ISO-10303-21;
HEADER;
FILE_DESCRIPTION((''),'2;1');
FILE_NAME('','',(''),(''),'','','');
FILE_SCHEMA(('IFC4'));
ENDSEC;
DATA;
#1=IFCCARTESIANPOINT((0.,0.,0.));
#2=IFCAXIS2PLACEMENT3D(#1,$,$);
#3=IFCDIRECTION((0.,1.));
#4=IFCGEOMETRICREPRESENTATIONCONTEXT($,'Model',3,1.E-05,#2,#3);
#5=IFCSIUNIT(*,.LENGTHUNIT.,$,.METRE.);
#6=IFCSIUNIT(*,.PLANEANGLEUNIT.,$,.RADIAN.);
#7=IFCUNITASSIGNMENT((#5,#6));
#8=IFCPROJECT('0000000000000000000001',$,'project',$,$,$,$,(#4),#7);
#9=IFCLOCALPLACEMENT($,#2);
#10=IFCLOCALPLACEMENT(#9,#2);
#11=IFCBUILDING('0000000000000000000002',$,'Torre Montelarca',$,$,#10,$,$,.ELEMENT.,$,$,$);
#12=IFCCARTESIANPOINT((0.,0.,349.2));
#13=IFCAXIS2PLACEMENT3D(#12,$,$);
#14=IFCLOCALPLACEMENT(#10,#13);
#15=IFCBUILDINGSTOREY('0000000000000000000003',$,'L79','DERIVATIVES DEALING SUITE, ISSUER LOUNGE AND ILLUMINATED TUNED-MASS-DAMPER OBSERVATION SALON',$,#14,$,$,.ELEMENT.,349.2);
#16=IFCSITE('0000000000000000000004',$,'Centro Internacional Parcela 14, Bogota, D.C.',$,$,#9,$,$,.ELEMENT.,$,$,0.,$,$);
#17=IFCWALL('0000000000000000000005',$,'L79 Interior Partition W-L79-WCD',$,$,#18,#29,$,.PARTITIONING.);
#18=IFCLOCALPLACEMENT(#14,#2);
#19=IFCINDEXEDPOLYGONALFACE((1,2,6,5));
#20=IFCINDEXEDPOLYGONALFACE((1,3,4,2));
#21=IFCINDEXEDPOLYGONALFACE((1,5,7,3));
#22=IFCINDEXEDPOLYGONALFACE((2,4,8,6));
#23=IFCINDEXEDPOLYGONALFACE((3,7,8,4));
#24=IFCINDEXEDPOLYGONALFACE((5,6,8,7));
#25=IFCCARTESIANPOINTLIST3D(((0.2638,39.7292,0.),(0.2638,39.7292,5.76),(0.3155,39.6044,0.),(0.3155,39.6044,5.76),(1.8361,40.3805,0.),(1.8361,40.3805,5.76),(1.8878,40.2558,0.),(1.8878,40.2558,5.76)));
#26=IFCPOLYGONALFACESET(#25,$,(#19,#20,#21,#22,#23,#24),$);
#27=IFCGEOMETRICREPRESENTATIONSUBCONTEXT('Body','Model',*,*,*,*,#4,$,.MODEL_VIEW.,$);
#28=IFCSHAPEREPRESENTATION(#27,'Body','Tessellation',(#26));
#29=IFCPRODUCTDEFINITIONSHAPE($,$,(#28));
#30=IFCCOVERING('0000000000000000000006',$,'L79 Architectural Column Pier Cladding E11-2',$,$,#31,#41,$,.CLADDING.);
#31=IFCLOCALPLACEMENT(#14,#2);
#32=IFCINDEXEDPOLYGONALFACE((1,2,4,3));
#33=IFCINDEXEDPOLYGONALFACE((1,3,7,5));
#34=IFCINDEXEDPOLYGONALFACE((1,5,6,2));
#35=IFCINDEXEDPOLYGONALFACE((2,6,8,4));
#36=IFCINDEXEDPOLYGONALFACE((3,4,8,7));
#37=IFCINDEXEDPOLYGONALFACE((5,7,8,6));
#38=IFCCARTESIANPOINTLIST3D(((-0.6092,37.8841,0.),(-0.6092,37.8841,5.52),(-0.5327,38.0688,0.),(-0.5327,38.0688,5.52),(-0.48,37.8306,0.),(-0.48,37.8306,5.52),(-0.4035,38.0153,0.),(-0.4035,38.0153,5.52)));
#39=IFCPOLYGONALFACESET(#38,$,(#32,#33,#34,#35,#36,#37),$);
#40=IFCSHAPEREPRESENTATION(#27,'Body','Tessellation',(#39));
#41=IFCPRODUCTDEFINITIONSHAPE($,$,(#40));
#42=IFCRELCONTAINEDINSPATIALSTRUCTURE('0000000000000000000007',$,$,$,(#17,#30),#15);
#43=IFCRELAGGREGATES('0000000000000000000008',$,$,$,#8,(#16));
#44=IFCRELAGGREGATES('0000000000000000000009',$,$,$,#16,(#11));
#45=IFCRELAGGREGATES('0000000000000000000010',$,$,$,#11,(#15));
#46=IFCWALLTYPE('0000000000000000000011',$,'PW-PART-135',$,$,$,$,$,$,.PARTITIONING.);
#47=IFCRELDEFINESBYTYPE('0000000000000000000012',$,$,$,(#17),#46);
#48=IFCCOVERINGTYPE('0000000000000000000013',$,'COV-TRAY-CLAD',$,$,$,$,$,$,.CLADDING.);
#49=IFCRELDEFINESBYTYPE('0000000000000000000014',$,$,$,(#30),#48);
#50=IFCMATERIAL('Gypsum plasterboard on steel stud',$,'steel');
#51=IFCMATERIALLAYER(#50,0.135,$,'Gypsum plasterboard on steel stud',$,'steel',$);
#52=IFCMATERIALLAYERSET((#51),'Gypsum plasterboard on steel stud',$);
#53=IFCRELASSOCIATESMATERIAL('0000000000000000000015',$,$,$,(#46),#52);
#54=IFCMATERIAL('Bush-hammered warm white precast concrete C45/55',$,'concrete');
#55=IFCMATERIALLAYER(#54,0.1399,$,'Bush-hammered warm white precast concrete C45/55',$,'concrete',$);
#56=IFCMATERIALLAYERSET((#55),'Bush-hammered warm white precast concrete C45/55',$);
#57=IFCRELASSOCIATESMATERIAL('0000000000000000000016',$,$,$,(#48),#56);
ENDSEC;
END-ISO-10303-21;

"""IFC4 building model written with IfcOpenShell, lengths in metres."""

from ifc_helpers import new_model, si_unit, direction, frame, frame_2d, origin, origin_2d, place, context, subcontext, project, spatial, rectangle, extrude, source, transform, mapped, material, layer, layer_set, type_object, element, save


model = new_model("IFC4")

# Units and contexts
model_context = context("Model", 3, precision=1e-05, world=origin(), true_north=direction((0.0, 1.0)))
body_context = subcontext(model_context, "Body", "Model", "MODEL_VIEW")
ifc_project = project(units=[si_unit("LENGTHUNIT", "METRE"), si_unit("PLANEANGLEUNIT", "RADIAN")], contexts=[model_context])

# Site, building, storey
site_placement = place(None, origin())
site = spatial("IfcSite", under=ifc_project, at=site_placement, Name="Centro Internacional Parcela 14, Bogota, D.C.", CompositionType="ELEMENT", RefElevation=0.0)
building_placement = place(site_placement, origin())
building = spatial("IfcBuilding", under=site, at=building_placement, Name="Torre Montelarca", CompositionType="ELEMENT")
storey_placement = place(building_placement, frame((0.0, 0.0, 349.2)))
storey = spatial("IfcBuildingStorey", under=building, at=storey_placement, Name="L79", Description="DERIVATIVES DEALING SUITE, ISSUER LOUNGE AND ILLUMINATED TUNED-MASS-DAMPER OBSERVATION SALON", CompositionType="ELEMENT", Elevation=349.2)

# Shared definitions
ifc_material_1 = material(Name="Gypsum plasterboard on steel stud", Category="steel")

# Wall
ifc_layer_1 = layer(ifc_material_1, 0.135, Name="Gypsum plasterboard on steel stud", Category="steel")
ifc_layer_set_1 = layer_set([ifc_layer_1], Name="Gypsum plasterboard on steel stud")
wall_type_1 = type_object("IfcWallType", Name="PW-PART-135", PredefinedType="PARTITIONING", material=ifc_layer_set_1)
wall_1_placement = place(storey_placement, frame((0.2896, 39.6667, 0.0), z_axis=(0.0, 0.0, 1.0), x_axis=(0.923856, 0.38274, 0.0)))
element("IfcWall", 1, at=wall_1_placement, inside=storey, type_object=wall_type_1, Name="L79 Interior Partition W-L79-WCD", PredefinedType="PARTITIONING", context=body_context, shape_type="SweptSolid", body=[
    extrude(rectangle(XDim=1.7019, YDim=0.135, at=frame_2d((0.8511, 0.0))), origin(), (0.0, 0.0, 1.0), 5.76),
])

# Covering
ifc_material_2 = material(Name="Bush-hammered warm white precast concrete C45/55", Category="concrete")
ifc_layer_2 = layer(ifc_material_2, 0.1399, Name="Bush-hammered warm white precast concrete C45/55", Category="concrete")
ifc_layer_set_2 = layer_set([ifc_layer_2], Name="Bush-hammered warm white precast concrete C45/55")
covering_type = type_object("IfcCoveringType", Name="COV-TRAY-CLAD", PredefinedType="CLADDING", material=ifc_layer_set_2)
shared_shape_1 = source(origin(), body_context, "Body", "SweptSolid", [
    extrude(rectangle(XDim=0.2, YDim=0.1399, at=origin_2d()), origin(), (0.0, 0.0, 1.0), 5.52),
])
covering_placement = place(storey_placement, frame((-0.5063, 37.9497, 0.0), z_axis=(0.0, 0.0, 1.0), x_axis=(-0.38268, -0.923881, 0.0)))
element("IfcCovering", 2, at=covering_placement, inside=storey, type_object=covering_type, Name="L79 Architectural Column Pier Cladding E11-2", PredefinedType="CLADDING", context=body_context, shape_type="MappedRepresentation", body=[
    mapped(shared_shape_1, transform((0.0, 0.0, 0.0), scale=1.0)),
])

save(model, "model.ifc")
